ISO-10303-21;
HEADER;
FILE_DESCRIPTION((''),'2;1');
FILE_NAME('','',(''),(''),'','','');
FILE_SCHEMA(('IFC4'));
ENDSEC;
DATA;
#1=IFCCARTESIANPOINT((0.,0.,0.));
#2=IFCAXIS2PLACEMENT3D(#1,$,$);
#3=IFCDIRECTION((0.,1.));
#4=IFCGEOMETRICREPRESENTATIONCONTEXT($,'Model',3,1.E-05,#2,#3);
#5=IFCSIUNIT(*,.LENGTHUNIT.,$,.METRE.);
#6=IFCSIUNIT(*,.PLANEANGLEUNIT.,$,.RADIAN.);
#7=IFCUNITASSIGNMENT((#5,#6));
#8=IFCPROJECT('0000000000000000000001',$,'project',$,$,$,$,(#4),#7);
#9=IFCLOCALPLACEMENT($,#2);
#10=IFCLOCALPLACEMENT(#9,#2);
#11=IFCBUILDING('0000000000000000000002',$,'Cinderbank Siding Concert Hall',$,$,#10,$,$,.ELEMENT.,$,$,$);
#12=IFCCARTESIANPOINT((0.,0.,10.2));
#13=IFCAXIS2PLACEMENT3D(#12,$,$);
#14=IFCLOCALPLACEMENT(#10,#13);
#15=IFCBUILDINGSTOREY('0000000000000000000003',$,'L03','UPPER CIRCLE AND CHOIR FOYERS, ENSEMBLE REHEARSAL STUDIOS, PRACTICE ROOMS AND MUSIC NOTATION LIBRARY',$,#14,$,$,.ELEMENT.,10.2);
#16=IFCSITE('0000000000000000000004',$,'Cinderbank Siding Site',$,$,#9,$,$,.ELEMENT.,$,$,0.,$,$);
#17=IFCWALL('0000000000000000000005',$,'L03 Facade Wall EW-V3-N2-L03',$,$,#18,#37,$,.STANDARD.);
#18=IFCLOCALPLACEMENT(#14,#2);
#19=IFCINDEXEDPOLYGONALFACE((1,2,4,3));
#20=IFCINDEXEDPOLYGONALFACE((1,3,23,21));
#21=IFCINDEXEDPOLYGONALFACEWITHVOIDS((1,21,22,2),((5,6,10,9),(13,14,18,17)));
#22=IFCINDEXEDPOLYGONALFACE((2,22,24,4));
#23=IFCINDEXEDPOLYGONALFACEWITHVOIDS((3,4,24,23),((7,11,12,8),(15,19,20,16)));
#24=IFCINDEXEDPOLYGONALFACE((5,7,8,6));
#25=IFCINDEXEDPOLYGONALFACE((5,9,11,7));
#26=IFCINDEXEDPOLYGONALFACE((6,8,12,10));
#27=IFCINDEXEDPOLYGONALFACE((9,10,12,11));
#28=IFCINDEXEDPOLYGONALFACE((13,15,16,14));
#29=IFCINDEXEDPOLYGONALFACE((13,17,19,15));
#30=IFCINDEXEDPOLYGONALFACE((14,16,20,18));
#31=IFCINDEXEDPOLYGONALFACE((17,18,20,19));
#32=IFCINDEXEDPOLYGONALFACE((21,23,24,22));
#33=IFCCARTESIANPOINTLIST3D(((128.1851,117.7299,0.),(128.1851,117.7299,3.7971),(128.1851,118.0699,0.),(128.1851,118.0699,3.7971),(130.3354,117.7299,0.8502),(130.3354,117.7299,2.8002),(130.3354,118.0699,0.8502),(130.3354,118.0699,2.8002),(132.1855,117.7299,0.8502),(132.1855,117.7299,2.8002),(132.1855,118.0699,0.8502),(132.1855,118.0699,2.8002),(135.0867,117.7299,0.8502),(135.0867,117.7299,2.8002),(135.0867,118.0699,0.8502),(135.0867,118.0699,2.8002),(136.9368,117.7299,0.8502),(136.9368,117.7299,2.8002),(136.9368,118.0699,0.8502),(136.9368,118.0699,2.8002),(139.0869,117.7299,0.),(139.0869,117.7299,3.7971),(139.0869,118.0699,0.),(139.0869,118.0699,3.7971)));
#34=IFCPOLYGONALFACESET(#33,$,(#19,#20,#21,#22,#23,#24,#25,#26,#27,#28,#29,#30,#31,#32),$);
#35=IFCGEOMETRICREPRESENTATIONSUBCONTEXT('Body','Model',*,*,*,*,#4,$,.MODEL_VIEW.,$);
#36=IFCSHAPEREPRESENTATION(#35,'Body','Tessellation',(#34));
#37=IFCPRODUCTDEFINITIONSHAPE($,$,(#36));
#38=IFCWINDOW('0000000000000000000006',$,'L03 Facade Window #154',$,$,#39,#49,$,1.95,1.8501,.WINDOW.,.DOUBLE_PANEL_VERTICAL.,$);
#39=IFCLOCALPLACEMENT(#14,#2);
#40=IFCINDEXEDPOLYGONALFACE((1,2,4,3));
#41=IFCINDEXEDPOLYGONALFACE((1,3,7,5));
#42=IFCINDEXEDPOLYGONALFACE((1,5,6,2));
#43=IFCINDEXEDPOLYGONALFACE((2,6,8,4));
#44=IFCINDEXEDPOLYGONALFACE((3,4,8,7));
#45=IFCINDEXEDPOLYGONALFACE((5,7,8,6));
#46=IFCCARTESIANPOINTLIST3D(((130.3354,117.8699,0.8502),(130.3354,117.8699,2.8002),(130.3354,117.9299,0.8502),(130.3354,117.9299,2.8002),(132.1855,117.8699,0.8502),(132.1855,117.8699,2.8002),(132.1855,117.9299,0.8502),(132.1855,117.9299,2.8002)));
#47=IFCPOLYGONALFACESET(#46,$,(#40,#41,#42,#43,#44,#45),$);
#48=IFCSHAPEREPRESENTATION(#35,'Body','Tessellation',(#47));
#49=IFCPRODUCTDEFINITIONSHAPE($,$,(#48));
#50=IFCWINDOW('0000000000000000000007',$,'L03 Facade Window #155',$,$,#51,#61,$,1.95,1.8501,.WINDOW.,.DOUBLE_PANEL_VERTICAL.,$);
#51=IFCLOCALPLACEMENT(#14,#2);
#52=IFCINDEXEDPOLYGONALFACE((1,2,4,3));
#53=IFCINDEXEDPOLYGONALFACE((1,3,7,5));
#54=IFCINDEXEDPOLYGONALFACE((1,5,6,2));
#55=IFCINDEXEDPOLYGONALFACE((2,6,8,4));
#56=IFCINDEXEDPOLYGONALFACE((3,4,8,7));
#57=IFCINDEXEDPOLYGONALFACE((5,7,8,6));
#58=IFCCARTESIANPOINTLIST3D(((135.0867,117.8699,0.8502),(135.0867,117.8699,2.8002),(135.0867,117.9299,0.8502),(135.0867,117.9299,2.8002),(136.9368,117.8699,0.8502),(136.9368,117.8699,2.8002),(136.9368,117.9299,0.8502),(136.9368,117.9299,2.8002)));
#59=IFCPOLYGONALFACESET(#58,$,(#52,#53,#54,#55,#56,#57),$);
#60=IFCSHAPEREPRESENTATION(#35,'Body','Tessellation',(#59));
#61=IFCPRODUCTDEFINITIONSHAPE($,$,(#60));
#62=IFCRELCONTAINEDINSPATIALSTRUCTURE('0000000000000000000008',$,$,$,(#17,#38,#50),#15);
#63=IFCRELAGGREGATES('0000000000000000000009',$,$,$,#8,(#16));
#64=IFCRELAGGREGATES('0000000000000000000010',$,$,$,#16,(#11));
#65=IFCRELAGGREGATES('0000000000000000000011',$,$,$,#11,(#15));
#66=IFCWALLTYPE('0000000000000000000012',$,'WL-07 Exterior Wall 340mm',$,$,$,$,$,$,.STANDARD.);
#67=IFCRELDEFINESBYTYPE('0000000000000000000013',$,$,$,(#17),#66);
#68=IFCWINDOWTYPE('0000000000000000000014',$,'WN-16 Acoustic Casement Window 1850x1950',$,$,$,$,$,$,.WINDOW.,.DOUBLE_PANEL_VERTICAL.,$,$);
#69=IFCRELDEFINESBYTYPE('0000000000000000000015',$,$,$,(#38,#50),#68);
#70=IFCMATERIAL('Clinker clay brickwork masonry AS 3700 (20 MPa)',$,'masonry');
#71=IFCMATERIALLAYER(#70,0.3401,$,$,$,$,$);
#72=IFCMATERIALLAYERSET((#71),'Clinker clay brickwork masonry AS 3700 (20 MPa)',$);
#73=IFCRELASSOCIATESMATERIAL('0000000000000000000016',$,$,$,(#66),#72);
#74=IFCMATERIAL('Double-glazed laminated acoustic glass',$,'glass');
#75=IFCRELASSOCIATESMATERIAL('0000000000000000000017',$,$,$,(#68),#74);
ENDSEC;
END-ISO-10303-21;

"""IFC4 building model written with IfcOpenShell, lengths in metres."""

from ifc_helpers import new_model, si_unit, direction, frame, frame_2d, origin, place, context, subcontext, project, spatial, rectangle, extrude, material, layer, layer_set, type_object, element, fill, save


model = new_model("IFC4")

# Units and contexts
model_context = context("Model", 3, precision=1e-05, world=origin(), true_north=direction((0.0, 1.0)))
body_context = subcontext(model_context, "Body", "Model", "MODEL_VIEW")
ifc_project = project(units=[si_unit("LENGTHUNIT", "METRE"), si_unit("PLANEANGLEUNIT", "RADIAN")], contexts=[model_context])

# Site, building, storey
site_placement = place(None, origin())
site = spatial("IfcSite", under=ifc_project, at=site_placement, Name="Cinderbank Siding Site", CompositionType="ELEMENT", RefElevation=0.0)
building_placement = place(site_placement, origin())
building = spatial("IfcBuilding", under=site, at=building_placement, Name="Cinderbank Siding Concert Hall", CompositionType="ELEMENT")
storey_placement = place(building_placement, frame((0.0, 0.0, 10.2)))
storey = spatial("IfcBuildingStorey", under=building, at=storey_placement, Name="L03", Description="UPPER CIRCLE AND CHOIR FOYERS, ENSEMBLE REHEARSAL STUDIOS, PRACTICE ROOMS AND MUSIC NOTATION LIBRARY", CompositionType="ELEMENT", Elevation=10.2)

# Wall, openings, windows
ifc_material_1 = material(Name="Clinker clay brickwork masonry AS 3700 (20 MPa)", Category="masonry")
ifc_layer_1 = layer(ifc_material_1, 0.3401)
ifc_layer_set_1 = layer_set([ifc_layer_1], Name="Clinker clay brickwork masonry AS 3700 (20 MPa)")
wall_type = type_object("IfcWallType", Name="WL-07 Exterior Wall 340mm", PredefinedType="STANDARD", material=ifc_layer_set_1)
wall_placement = place(storey_placement, frame((128.1851, 117.8999, 0.0), z_axis=(0.0, 0.0, 1.0), x_axis=(1.0, 0.0, 0.0)))
wall = element("IfcWall", 1, at=wall_placement, inside=storey, type_object=wall_type, Name="L03 Facade Wall EW-V3-N2-L03", PredefinedType="STANDARD", context=body_context, shape_type="SweptSolid", body=[
    extrude(rectangle(XDim=10.9019, YDim=0.3401, at=frame_2d((5.4509, 0.0))), origin(), (0.0, 0.0, 1.0), 3.7971),
])
opening_1_placement = place(wall_placement, frame((2.1504, 0.0, 0.8501)))
opening_1 = element("IfcOpeningElement", 2, at=opening_1_placement, cuts=wall, PredefinedType="OPENING", context=body_context, shape_type="SweptSolid", body=[
    extrude(rectangle(XDim=1.8501, YDim=1.95, at=frame_2d((0.925, 0.9751))), frame((0.0, 0.1821, 0.0), z_axis=(0.0, -1.0, 0.0), x_axis=(1.0, 0.0, 0.0)), (0.0, 0.0, 1.0), 0.364),
])
opening_2_placement = place(wall_placement, frame((6.9016, 0.0, 0.8501)))
opening_2 = element("IfcOpeningElement", 3, at=opening_2_placement, cuts=wall, PredefinedType="OPENING", context=body_context, shape_type="SweptSolid", body=[
    extrude(rectangle(XDim=1.8501, YDim=1.95, at=frame_2d((0.925, 0.9751))), frame((0.0, 0.1821, 0.0), z_axis=(0.0, -1.0, 0.0), x_axis=(1.0, 0.0, 0.0)), (0.0, 0.0, 1.0), 0.364),
])
ifc_material_2 = material(Name="Double-glazed laminated acoustic glass", Category="glass")
window_type = type_object("IfcWindowType", Name="WN-16 Acoustic Casement Window 1850x1950", PartitioningType="DOUBLE_PANEL_VERTICAL", PredefinedType="WINDOW", material=ifc_material_2)
window_1_placement = place(opening_1_placement, origin())
window_1 = element("IfcWindow", 4, at=window_1_placement, inside=storey, type_object=window_type, Name="L03 Facade Window #154", OverallHeight=1.95, OverallWidth=1.8501, PartitioningType="DOUBLE_PANEL_VERTICAL", PredefinedType="WINDOW", context=body_context, shape_type="SweptSolid", body=[
    extrude(rectangle(XDim=1.8501, YDim=1.95, at=frame_2d((0.925, 0.9751))), frame((0.0, 0.03, 0.0), z_axis=(0.0, -1.0, 0.0), x_axis=(1.0, 0.0, 0.0)), (0.0, 0.0, 1.0), 0.0601),
])
fill(opening_1, window_1)
window_2_placement = place(opening_2_placement, origin())
window_2 = element("IfcWindow", 5, at=window_2_placement, inside=storey, type_object=window_type, Name="L03 Facade Window #155", OverallHeight=1.95, OverallWidth=1.8501, PartitioningType="DOUBLE_PANEL_VERTICAL", PredefinedType="WINDOW", context=body_context, shape_type="SweptSolid", body=[
    extrude(rectangle(XDim=1.8501, YDim=1.95, at=frame_2d((0.925, 0.9751))), frame((0.0, 0.03, 0.0), z_axis=(0.0, -1.0, 0.0), x_axis=(1.0, 0.0, 0.0)), (0.0, 0.0, 1.0), 0.0601),
])
fill(opening_2, window_2)

save(model, "model.ifc")
